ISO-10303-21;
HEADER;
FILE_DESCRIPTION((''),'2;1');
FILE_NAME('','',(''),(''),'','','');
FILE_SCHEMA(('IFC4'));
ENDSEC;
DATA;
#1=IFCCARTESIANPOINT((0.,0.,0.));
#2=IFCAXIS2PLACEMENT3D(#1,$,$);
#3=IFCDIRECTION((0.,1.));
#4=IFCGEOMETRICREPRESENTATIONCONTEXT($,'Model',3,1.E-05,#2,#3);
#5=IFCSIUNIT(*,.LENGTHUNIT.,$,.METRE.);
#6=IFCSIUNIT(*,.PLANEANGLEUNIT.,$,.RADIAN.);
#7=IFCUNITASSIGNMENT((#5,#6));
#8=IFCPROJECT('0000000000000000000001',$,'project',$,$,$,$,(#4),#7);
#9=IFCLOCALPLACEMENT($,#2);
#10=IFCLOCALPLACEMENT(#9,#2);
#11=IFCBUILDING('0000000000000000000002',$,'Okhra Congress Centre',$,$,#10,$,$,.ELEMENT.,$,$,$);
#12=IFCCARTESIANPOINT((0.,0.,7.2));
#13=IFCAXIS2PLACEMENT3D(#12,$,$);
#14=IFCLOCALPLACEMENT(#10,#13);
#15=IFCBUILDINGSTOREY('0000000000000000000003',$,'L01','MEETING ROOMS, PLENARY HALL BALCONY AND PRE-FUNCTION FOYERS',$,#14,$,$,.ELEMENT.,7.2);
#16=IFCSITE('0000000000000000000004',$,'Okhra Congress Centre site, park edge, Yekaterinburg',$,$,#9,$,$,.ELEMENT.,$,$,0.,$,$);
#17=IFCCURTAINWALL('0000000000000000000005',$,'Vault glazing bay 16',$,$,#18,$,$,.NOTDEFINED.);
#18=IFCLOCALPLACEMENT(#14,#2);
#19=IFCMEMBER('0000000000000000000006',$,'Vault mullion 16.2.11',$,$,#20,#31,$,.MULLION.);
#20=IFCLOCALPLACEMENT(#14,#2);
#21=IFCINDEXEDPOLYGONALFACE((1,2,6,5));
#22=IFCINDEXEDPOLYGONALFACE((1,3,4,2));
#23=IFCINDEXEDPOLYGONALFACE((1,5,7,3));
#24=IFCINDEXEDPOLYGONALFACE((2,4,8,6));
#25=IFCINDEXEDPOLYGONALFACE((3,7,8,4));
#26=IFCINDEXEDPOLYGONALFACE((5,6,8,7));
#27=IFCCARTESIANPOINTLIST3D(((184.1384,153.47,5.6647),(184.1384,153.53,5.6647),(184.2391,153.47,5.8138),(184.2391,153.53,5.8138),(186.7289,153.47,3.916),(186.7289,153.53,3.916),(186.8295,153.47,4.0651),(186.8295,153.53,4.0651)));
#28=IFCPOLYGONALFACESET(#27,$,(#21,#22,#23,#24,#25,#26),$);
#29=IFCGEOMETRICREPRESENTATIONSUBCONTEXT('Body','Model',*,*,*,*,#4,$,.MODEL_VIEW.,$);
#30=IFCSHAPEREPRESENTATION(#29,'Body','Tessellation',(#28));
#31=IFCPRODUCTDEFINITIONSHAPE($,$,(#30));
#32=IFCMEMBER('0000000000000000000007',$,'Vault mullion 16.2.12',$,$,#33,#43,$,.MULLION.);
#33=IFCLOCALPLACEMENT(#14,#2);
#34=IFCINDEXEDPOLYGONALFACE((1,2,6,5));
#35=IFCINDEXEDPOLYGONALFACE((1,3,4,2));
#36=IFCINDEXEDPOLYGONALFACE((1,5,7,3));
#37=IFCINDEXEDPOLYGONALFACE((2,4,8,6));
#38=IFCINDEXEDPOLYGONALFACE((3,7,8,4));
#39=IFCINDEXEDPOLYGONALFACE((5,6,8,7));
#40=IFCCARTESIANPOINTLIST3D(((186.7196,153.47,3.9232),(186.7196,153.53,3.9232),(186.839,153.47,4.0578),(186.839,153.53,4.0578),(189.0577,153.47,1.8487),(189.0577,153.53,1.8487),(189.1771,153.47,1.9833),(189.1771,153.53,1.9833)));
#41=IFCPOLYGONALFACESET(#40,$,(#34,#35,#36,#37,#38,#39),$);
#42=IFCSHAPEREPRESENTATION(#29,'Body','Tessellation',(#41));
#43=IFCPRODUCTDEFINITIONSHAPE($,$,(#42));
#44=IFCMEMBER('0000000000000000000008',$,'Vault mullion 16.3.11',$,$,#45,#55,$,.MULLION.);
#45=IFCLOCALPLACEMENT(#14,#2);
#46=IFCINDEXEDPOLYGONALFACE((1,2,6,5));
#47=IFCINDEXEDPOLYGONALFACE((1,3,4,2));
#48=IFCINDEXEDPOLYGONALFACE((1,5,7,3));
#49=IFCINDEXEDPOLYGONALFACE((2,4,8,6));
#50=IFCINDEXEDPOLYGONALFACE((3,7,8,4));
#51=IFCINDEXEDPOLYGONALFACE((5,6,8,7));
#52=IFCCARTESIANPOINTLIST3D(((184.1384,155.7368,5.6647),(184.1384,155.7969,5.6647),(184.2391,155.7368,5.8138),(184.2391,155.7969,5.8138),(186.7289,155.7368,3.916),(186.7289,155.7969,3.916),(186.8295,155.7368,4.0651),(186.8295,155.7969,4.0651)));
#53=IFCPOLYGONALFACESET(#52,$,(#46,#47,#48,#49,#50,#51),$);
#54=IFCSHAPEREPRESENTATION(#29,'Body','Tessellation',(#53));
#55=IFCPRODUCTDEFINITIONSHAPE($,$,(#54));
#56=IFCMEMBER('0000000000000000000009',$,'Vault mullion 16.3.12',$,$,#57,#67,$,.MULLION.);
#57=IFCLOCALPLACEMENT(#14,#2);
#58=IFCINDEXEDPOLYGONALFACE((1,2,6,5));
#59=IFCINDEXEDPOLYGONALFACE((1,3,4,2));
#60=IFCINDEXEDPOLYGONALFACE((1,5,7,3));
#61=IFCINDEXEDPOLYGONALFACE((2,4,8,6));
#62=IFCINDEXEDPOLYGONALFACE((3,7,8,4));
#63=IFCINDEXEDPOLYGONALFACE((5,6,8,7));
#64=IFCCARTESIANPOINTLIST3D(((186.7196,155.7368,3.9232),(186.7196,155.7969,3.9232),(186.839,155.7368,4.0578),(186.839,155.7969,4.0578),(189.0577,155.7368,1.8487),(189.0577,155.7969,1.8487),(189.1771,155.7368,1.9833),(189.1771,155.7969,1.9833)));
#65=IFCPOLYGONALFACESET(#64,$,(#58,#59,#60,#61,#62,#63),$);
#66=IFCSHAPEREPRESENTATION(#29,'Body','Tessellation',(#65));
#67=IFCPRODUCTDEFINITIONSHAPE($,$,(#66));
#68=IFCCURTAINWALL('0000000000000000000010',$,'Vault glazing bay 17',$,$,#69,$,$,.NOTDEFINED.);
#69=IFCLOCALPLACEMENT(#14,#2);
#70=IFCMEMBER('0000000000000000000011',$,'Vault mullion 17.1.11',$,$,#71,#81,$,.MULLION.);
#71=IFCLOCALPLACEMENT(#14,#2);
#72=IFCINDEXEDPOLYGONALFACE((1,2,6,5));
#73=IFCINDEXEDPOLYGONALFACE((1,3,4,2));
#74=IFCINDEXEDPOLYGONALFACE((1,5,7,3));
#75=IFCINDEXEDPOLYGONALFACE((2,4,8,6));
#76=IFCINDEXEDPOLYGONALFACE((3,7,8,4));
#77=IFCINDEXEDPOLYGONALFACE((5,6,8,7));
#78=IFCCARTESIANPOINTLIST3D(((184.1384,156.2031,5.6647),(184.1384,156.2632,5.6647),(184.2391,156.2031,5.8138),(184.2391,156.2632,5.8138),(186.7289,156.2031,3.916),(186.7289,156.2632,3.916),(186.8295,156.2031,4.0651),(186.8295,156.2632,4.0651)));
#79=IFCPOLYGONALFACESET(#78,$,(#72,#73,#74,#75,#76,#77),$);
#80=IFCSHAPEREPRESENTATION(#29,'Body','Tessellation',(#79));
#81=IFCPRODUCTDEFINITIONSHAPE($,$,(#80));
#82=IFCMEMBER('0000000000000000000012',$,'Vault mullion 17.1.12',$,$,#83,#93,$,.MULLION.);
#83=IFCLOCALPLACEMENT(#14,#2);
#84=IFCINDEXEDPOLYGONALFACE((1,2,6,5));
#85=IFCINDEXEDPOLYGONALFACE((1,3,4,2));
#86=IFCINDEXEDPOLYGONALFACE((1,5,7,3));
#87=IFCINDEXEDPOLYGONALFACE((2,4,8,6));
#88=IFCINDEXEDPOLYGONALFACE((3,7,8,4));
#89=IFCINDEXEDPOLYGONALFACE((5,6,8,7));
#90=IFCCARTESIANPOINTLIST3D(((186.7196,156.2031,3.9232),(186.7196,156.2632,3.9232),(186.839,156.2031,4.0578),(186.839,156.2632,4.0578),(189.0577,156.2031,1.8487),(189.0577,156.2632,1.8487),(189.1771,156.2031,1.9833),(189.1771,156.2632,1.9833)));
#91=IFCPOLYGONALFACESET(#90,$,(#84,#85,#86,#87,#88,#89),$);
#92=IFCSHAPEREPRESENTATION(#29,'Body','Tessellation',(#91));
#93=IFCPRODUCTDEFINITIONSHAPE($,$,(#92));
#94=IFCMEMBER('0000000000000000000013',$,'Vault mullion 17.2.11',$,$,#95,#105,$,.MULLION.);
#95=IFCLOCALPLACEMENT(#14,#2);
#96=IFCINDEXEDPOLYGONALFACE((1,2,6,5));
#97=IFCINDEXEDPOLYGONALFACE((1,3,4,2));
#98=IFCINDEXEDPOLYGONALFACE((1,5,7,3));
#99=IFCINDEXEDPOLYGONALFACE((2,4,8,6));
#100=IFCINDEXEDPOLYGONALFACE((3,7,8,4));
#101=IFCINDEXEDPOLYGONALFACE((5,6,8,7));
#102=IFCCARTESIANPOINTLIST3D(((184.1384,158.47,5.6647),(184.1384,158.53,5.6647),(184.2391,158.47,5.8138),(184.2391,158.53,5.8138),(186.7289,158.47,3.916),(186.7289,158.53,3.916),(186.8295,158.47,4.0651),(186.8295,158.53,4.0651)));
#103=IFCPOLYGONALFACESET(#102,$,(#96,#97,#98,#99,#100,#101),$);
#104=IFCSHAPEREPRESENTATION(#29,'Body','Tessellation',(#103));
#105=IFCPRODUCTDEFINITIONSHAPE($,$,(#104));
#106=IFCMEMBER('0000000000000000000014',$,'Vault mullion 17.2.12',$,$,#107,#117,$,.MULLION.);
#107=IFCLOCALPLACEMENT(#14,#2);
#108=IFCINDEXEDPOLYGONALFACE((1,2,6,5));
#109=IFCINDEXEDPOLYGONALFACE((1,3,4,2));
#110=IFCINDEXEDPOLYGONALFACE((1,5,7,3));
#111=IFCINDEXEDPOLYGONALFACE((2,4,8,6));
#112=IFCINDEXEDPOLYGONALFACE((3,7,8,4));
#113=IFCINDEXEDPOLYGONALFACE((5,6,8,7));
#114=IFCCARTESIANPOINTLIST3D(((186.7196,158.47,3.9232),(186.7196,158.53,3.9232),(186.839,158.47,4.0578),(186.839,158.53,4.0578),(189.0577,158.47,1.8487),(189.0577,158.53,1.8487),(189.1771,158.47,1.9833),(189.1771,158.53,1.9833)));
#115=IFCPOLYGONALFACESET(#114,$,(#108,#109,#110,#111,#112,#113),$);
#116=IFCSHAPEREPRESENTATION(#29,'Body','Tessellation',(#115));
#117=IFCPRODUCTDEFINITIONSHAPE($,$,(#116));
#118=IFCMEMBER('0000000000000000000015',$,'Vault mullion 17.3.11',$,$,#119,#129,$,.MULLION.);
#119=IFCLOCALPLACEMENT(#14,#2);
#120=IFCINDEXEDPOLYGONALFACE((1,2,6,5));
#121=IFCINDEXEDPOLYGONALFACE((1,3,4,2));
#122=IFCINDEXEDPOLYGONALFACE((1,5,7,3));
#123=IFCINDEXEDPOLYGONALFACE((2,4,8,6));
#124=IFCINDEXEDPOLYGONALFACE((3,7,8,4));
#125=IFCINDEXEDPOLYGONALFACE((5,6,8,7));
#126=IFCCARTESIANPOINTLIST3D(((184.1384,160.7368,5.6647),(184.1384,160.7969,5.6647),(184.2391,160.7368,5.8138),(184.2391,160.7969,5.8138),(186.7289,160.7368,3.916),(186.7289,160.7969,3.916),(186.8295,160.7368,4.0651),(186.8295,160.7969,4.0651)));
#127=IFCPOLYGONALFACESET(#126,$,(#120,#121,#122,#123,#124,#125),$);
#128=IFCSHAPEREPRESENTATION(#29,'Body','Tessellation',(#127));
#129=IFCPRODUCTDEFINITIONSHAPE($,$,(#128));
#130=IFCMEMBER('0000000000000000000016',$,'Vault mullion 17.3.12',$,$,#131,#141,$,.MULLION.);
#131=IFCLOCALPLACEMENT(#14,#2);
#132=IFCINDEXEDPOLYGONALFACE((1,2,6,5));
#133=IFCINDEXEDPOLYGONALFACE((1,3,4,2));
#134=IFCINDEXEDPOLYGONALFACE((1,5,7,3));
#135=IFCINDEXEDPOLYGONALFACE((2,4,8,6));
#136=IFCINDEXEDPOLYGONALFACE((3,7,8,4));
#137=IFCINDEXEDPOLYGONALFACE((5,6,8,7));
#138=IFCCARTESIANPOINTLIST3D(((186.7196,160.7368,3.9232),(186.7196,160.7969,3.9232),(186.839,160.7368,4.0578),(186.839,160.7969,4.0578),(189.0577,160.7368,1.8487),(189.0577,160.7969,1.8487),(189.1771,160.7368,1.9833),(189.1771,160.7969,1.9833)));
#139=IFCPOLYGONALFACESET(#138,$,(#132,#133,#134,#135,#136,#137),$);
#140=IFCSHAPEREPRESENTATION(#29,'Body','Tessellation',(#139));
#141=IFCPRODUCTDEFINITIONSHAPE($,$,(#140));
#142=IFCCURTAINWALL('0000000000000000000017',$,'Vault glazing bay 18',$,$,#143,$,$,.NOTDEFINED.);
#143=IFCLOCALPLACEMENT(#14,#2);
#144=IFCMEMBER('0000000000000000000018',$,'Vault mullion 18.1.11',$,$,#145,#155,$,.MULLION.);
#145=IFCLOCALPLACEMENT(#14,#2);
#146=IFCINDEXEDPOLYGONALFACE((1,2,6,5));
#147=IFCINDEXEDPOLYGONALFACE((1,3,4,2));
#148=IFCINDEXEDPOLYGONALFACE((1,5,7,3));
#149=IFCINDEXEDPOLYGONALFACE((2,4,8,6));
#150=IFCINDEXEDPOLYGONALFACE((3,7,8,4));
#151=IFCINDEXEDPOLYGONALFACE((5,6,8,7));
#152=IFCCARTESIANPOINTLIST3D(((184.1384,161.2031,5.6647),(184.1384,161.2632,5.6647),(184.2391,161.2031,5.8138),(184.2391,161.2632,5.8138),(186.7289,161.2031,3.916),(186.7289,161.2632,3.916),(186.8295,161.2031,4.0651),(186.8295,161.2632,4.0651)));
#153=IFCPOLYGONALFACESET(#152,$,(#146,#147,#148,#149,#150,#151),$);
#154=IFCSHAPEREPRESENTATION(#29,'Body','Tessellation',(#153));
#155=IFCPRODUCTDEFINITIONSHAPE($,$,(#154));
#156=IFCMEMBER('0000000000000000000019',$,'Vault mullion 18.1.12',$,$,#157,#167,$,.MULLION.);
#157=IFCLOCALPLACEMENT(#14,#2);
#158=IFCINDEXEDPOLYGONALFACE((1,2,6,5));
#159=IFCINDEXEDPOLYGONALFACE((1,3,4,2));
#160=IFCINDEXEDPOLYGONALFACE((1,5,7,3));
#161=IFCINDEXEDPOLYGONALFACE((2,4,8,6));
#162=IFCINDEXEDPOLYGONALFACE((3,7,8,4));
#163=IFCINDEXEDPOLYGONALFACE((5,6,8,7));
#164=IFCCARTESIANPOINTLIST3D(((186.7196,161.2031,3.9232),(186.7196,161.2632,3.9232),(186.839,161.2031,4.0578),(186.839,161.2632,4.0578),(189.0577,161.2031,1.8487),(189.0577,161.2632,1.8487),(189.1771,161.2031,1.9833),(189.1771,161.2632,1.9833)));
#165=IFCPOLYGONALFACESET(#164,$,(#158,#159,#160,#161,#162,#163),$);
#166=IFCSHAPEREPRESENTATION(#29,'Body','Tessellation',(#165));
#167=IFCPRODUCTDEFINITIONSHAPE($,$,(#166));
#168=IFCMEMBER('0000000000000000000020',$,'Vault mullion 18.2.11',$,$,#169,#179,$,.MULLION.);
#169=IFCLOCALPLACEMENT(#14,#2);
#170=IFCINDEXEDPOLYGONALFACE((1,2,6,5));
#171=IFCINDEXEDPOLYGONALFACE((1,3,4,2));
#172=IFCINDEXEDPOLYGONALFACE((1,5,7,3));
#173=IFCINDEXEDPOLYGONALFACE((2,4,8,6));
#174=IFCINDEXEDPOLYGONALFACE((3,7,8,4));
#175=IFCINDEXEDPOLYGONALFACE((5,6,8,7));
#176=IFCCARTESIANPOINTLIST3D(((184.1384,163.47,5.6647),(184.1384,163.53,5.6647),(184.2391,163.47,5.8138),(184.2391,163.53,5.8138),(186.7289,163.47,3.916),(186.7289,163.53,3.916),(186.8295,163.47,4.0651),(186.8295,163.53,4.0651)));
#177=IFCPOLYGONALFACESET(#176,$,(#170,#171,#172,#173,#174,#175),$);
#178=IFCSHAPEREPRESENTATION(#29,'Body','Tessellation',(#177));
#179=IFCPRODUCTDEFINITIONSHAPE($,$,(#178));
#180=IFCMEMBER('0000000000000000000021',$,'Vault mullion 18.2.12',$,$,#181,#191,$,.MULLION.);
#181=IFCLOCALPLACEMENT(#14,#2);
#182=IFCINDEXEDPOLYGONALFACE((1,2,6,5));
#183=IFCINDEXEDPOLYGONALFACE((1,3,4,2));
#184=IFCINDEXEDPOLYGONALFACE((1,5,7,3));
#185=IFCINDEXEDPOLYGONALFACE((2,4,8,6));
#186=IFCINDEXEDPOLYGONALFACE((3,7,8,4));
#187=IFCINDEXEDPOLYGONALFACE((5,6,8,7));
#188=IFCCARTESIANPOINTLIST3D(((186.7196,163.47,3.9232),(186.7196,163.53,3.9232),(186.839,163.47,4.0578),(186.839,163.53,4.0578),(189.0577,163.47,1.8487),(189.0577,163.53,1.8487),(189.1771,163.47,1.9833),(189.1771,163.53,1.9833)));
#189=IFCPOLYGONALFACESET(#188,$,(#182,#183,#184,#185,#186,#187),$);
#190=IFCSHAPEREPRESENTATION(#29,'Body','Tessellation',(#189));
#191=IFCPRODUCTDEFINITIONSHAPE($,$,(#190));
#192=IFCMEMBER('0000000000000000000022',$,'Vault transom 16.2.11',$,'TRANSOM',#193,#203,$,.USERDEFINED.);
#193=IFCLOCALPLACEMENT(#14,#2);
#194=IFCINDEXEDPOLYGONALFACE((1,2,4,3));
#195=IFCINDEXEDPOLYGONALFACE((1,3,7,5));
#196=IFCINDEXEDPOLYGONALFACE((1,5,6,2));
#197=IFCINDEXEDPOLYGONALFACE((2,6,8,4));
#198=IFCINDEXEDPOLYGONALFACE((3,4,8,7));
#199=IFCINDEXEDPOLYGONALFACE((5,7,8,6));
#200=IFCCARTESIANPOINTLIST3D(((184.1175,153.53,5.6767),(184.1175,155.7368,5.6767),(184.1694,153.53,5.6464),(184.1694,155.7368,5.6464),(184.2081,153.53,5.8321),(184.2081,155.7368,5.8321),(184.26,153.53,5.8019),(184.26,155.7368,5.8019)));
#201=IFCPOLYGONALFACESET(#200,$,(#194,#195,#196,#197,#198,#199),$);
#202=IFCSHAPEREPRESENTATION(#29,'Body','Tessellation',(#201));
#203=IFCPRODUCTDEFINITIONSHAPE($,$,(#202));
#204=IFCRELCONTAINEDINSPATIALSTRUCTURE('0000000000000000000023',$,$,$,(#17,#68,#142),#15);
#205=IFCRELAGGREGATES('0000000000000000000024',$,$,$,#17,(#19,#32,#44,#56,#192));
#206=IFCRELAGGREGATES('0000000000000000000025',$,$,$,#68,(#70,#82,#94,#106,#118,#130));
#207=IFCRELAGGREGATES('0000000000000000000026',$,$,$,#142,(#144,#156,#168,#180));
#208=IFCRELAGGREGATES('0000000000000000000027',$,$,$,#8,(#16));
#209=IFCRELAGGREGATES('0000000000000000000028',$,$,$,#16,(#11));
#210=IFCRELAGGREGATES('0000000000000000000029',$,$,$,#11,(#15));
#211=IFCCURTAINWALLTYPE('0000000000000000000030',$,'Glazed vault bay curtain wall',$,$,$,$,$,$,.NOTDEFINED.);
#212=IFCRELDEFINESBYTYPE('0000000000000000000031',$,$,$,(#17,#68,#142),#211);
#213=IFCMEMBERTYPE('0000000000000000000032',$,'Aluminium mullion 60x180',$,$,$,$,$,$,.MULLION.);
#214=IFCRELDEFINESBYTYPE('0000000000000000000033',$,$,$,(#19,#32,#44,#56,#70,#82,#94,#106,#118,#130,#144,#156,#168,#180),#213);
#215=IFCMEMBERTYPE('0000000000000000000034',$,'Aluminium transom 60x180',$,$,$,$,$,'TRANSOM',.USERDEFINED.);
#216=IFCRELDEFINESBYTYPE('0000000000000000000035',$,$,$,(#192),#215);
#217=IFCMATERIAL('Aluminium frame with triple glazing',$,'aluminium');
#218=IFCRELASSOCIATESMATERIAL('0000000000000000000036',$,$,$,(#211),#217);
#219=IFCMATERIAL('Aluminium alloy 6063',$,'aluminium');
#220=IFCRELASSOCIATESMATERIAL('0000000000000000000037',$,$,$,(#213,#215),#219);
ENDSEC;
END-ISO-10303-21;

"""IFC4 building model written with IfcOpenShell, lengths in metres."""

from ifc_helpers import new_model, si_unit, direction, frame, origin, origin_2d, place, context, subcontext, project, spatial, rectangle, extrude, material, material_profile, profile_set, type_object, element, aggregate, save


model = new_model("IFC4")

# Units and contexts
model_context = context("Model", 3, precision=1e-05, world=origin(), true_north=direction((0.0, 1.0)))
body_context = subcontext(model_context, "Body", "Model", "MODEL_VIEW")
ifc_project = project(units=[si_unit("LENGTHUNIT", "METRE"), si_unit("PLANEANGLEUNIT", "RADIAN")], contexts=[model_context])

# Site, building, storey
site_placement = place(None, origin())
site = spatial("IfcSite", under=ifc_project, at=site_placement, Name="Okhra Congress Centre site, park edge, Yekaterinburg", CompositionType="ELEMENT", RefElevation=0.0)
building_placement = place(site_placement, origin())
building = spatial("IfcBuilding", under=site, at=building_placement, Name="Okhra Congress Centre", CompositionType="ELEMENT")
storey_placement = place(building_placement, frame((0.0, 0.0, 7.2)))
storey = spatial("IfcBuildingStorey", under=building, at=storey_placement, Name="L01", Description="MEETING ROOMS, PLENARY HALL BALCONY AND PRE-FUNCTION FOYERS", CompositionType="ELEMENT", Elevation=7.2)

# Curtain walls, members
ifc_material_1 = material(Name="Aluminium frame with triple glazing", Category="aluminium")
curtain_wall_type = type_object("IfcCurtainWallType", Name="Glazed vault bay curtain wall", PredefinedType="NOTDEFINED", material=ifc_material_1)
curtain_wall_1_placement = place(storey_placement, origin())
curtain_wall_1 = element("IfcCurtainWall", 1, at=curtain_wall_1_placement, inside=storey, type_object=curtain_wall_type, Name="Vault glazing bay 16", PredefinedType="NOTDEFINED")
ifc_material_2 = material(Name="Aluminium alloy 6063", Category="aluminium")
ifc_material_profile_1 = material_profile(ifc_material_2, rectangle(XDim=0.0601, YDim=0.1799, at=origin_2d()), Name="AL 60x180")
ifc_profile_set_1 = profile_set([ifc_material_profile_1], Name="Aluminium alloy 6063")
member_type_1 = type_object("IfcMemberType", Name="Aluminium mullion 60x180", PredefinedType="MULLION", material=ifc_profile_set_1)
member_1_placement = place(storey_placement, frame((184.1887, 153.5, 5.7393), z_axis=(0.828828, 0.0, -0.559504), x_axis=(0.0, 1.0, 0.0)))
member_1 = element("IfcMember", 2, at=member_1_placement, type_object=member_type_1, Name="Vault mullion 16.2.11", PredefinedType="MULLION", context=body_context, shape_type="SweptSolid", body=[
    extrude(rectangle(XDim=0.0601, YDim=0.1799, at=origin_2d()), origin(), (0.0, 0.0, 1.0), 3.1255),
])
member_2_placement = place(storey_placement, frame((186.7793, 153.5, 3.9905), z_axis=(0.748025, 0.0, -0.66367), x_axis=(0.0, 1.0, 0.0)))
member_2 = element("IfcMember", 3, at=member_2_placement, type_object=member_type_1, Name="Vault mullion 16.2.12", PredefinedType="MULLION", context=body_context, shape_type="SweptSolid", body=[
    extrude(rectangle(XDim=0.0601, YDim=0.1799, at=origin_2d()), origin(), (0.0, 0.0, 1.0), 3.1257),
])
member_3_placement = place(storey_placement, frame((184.1887, 155.7668, 5.7393), z_axis=(0.828828, 0.0, -0.559504), x_axis=(0.0, 1.0, 0.0)))
member_3 = element("IfcMember", 4, at=member_3_placement, type_object=member_type_1, Name="Vault mullion 16.3.11", PredefinedType="MULLION", context=body_context, shape_type="SweptSolid", body=[
    extrude(rectangle(XDim=0.0601, YDim=0.1799, at=origin_2d()), origin(), (0.0, 0.0, 1.0), 3.1255),
])
member_4_placement = place(storey_placement, frame((186.7793, 155.7668, 3.9905), z_axis=(0.748025, 0.0, -0.66367), x_axis=(0.0, 1.0, 0.0)))
member_4 = element("IfcMember", 5, at=member_4_placement, type_object=member_type_1, Name="Vault mullion 16.3.12", PredefinedType="MULLION", context=body_context, shape_type="SweptSolid", body=[
    extrude(rectangle(XDim=0.0601, YDim=0.1799, at=origin_2d()), origin(), (0.0, 0.0, 1.0), 3.1257),
])
curtain_wall_2_placement = place(storey_placement, origin())
curtain_wall_2 = element("IfcCurtainWall", 6, at=curtain_wall_2_placement, inside=storey, type_object=curtain_wall_type, Name="Vault glazing bay 17", PredefinedType="NOTDEFINED")
member_5_placement = place(storey_placement, frame((184.1887, 156.2332, 5.7393), z_axis=(0.828828, 0.0, -0.559504), x_axis=(0.0, 1.0, 0.0)))
member_5 = element("IfcMember", 7, at=member_5_placement, type_object=member_type_1, Name="Vault mullion 17.1.11", PredefinedType="MULLION", context=body_context, shape_type="SweptSolid", body=[
    extrude(rectangle(XDim=0.0601, YDim=0.1799, at=origin_2d()), origin(), (0.0, 0.0, 1.0), 3.1255),
])
member_6_placement = place(storey_placement, frame((186.7793, 156.2332, 3.9905), z_axis=(0.748025, 0.0, -0.66367), x_axis=(0.0, 1.0, 0.0)))
member_6 = element("IfcMember", 8, at=member_6_placement, type_object=member_type_1, Name="Vault mullion 17.1.12", PredefinedType="MULLION", context=body_context, shape_type="SweptSolid", body=[
    extrude(rectangle(XDim=0.0601, YDim=0.1799, at=origin_2d()), origin(), (0.0, 0.0, 1.0), 3.1257),
])
member_7_placement = place(storey_placement, frame((184.1887, 158.5, 5.7393), z_axis=(0.828828, 0.0, -0.559504), x_axis=(0.0, 1.0, 0.0)))
member_7 = element("IfcMember", 9, at=member_7_placement, type_object=member_type_1, Name="Vault mullion 17.2.11", PredefinedType="MULLION", context=body_context, shape_type="SweptSolid", body=[
    extrude(rectangle(XDim=0.0601, YDim=0.1799, at=origin_2d()), origin(), (0.0, 0.0, 1.0), 3.1255),
])
member_8_placement = place(storey_placement, frame((186.7793, 158.5, 3.9905), z_axis=(0.748025, 0.0, -0.66367), x_axis=(0.0, 1.0, 0.0)))
member_8 = element("IfcMember", 10, at=member_8_placement, type_object=member_type_1, Name="Vault mullion 17.2.12", PredefinedType="MULLION", context=body_context, shape_type="SweptSolid", body=[
    extrude(rectangle(XDim=0.0601, YDim=0.1799, at=origin_2d()), origin(), (0.0, 0.0, 1.0), 3.1257),
])
member_9_placement = place(storey_placement, frame((184.1887, 160.7668, 5.7393), z_axis=(0.828828, 0.0, -0.559504), x_axis=(0.0, 1.0, 0.0)))
member_9 = element("IfcMember", 11, at=member_9_placement, type_object=member_type_1, Name="Vault mullion 17.3.11", PredefinedType="MULLION", context=body_context, shape_type="SweptSolid", body=[
    extrude(rectangle(XDim=0.0601, YDim=0.1799, at=origin_2d()), origin(), (0.0, 0.0, 1.0), 3.1255),
])
member_10_placement = place(storey_placement, frame((186.7793, 160.7668, 3.9905), z_axis=(0.748025, 0.0, -0.66367), x_axis=(0.0, 1.0, 0.0)))
member_10 = element("IfcMember", 12, at=member_10_placement, type_object=member_type_1, Name="Vault mullion 17.3.12", PredefinedType="MULLION", context=body_context, shape_type="SweptSolid", body=[
    extrude(rectangle(XDim=0.0601, YDim=0.1799, at=origin_2d()), origin(), (0.0, 0.0, 1.0), 3.1257),
])
curtain_wall_3_placement = place(storey_placement, origin())
curtain_wall_3 = element("IfcCurtainWall", 13, at=curtain_wall_3_placement, inside=storey, type_object=curtain_wall_type, Name="Vault glazing bay 18", PredefinedType="NOTDEFINED")
member_11_placement = place(storey_placement, frame((184.1887, 161.2332, 5.7393), z_axis=(0.828828, 0.0, -0.559504), x_axis=(0.0, 1.0, 0.0)))
member_11 = element("IfcMember", 14, at=member_11_placement, type_object=member_type_1, Name="Vault mullion 18.1.11", PredefinedType="MULLION", context=body_context, shape_type="SweptSolid", body=[
    extrude(rectangle(XDim=0.0601, YDim=0.1799, at=origin_2d()), origin(), (0.0, 0.0, 1.0), 3.1255),
])
member_12_placement = place(storey_placement, frame((186.7793, 161.2332, 3.9905), z_axis=(0.748025, 0.0, -0.66367), x_axis=(0.0, 1.0, 0.0)))
member_12 = element("IfcMember", 15, at=member_12_placement, type_object=member_type_1, Name="Vault mullion 18.1.12", PredefinedType="MULLION", context=body_context, shape_type="SweptSolid", body=[
    extrude(rectangle(XDim=0.0601, YDim=0.1799, at=origin_2d()), origin(), (0.0, 0.0, 1.0), 3.1257),
])
member_13_placement = place(storey_placement, frame((184.1887, 163.5, 5.7393), z_axis=(0.828828, 0.0, -0.559504), x_axis=(0.0, 1.0, 0.0)))
member_13 = element("IfcMember", 16, at=member_13_placement, type_object=member_type_1, Name="Vault mullion 18.2.11", PredefinedType="MULLION", context=body_context, shape_type="SweptSolid", body=[
    extrude(rectangle(XDim=0.0601, YDim=0.1799, at=origin_2d()), origin(), (0.0, 0.0, 1.0), 3.1255),
])
member_14_placement = place(storey_placement, frame((186.7793, 163.5, 3.9905), z_axis=(0.748025, 0.0, -0.66367), x_axis=(0.0, 1.0, 0.0)))
member_14 = element("IfcMember", 17, at=member_14_placement, type_object=member_type_1, Name="Vault mullion 18.2.12", PredefinedType="MULLION", context=body_context, shape_type="SweptSolid", body=[
    extrude(rectangle(XDim=0.0601, YDim=0.1799, at=origin_2d()), origin(), (0.0, 0.0, 1.0), 3.1257),
])

# Member
ifc_material_profile_2 = material_profile(ifc_material_2, rectangle(XDim=0.0601, YDim=0.1799, at=origin_2d()), Name="AL 60x180 transom")
ifc_profile_set_2 = profile_set([ifc_material_profile_2], Name="Aluminium alloy 6063")
member_type_2 = type_object("IfcMemberType", Name="Aluminium transom 60x180", ElementType="TRANSOM", PredefinedType="USERDEFINED", material=ifc_profile_set_2)
member_15_placement = place(storey_placement, frame((184.1887, 153.53, 5.7393), z_axis=(0.0, 1.0, 0.0), x_axis=(-0.863917, 0.0, 0.503634)))
member_15 = element("IfcMember", 18, at=member_15_placement, type_object=member_type_2, Name="Vault transom 16.2.11", ObjectType="TRANSOM", PredefinedType="USERDEFINED", context=body_context, shape_type="SweptSolid", body=[
    extrude(rectangle(XDim=0.0601, YDim=0.1799, at=origin_2d()), origin(), (0.0, 0.0, 1.0), 2.2068),
])

aggregate(curtain_wall_1, [member_1, member_2, member_3, member_4, member_15])
aggregate(curtain_wall_2, [member_5, member_6, member_7, member_8, member_9, member_10])
aggregate(curtain_wall_3, [member_11, member_12, member_13, member_14])

save(model, "model.ifc")
